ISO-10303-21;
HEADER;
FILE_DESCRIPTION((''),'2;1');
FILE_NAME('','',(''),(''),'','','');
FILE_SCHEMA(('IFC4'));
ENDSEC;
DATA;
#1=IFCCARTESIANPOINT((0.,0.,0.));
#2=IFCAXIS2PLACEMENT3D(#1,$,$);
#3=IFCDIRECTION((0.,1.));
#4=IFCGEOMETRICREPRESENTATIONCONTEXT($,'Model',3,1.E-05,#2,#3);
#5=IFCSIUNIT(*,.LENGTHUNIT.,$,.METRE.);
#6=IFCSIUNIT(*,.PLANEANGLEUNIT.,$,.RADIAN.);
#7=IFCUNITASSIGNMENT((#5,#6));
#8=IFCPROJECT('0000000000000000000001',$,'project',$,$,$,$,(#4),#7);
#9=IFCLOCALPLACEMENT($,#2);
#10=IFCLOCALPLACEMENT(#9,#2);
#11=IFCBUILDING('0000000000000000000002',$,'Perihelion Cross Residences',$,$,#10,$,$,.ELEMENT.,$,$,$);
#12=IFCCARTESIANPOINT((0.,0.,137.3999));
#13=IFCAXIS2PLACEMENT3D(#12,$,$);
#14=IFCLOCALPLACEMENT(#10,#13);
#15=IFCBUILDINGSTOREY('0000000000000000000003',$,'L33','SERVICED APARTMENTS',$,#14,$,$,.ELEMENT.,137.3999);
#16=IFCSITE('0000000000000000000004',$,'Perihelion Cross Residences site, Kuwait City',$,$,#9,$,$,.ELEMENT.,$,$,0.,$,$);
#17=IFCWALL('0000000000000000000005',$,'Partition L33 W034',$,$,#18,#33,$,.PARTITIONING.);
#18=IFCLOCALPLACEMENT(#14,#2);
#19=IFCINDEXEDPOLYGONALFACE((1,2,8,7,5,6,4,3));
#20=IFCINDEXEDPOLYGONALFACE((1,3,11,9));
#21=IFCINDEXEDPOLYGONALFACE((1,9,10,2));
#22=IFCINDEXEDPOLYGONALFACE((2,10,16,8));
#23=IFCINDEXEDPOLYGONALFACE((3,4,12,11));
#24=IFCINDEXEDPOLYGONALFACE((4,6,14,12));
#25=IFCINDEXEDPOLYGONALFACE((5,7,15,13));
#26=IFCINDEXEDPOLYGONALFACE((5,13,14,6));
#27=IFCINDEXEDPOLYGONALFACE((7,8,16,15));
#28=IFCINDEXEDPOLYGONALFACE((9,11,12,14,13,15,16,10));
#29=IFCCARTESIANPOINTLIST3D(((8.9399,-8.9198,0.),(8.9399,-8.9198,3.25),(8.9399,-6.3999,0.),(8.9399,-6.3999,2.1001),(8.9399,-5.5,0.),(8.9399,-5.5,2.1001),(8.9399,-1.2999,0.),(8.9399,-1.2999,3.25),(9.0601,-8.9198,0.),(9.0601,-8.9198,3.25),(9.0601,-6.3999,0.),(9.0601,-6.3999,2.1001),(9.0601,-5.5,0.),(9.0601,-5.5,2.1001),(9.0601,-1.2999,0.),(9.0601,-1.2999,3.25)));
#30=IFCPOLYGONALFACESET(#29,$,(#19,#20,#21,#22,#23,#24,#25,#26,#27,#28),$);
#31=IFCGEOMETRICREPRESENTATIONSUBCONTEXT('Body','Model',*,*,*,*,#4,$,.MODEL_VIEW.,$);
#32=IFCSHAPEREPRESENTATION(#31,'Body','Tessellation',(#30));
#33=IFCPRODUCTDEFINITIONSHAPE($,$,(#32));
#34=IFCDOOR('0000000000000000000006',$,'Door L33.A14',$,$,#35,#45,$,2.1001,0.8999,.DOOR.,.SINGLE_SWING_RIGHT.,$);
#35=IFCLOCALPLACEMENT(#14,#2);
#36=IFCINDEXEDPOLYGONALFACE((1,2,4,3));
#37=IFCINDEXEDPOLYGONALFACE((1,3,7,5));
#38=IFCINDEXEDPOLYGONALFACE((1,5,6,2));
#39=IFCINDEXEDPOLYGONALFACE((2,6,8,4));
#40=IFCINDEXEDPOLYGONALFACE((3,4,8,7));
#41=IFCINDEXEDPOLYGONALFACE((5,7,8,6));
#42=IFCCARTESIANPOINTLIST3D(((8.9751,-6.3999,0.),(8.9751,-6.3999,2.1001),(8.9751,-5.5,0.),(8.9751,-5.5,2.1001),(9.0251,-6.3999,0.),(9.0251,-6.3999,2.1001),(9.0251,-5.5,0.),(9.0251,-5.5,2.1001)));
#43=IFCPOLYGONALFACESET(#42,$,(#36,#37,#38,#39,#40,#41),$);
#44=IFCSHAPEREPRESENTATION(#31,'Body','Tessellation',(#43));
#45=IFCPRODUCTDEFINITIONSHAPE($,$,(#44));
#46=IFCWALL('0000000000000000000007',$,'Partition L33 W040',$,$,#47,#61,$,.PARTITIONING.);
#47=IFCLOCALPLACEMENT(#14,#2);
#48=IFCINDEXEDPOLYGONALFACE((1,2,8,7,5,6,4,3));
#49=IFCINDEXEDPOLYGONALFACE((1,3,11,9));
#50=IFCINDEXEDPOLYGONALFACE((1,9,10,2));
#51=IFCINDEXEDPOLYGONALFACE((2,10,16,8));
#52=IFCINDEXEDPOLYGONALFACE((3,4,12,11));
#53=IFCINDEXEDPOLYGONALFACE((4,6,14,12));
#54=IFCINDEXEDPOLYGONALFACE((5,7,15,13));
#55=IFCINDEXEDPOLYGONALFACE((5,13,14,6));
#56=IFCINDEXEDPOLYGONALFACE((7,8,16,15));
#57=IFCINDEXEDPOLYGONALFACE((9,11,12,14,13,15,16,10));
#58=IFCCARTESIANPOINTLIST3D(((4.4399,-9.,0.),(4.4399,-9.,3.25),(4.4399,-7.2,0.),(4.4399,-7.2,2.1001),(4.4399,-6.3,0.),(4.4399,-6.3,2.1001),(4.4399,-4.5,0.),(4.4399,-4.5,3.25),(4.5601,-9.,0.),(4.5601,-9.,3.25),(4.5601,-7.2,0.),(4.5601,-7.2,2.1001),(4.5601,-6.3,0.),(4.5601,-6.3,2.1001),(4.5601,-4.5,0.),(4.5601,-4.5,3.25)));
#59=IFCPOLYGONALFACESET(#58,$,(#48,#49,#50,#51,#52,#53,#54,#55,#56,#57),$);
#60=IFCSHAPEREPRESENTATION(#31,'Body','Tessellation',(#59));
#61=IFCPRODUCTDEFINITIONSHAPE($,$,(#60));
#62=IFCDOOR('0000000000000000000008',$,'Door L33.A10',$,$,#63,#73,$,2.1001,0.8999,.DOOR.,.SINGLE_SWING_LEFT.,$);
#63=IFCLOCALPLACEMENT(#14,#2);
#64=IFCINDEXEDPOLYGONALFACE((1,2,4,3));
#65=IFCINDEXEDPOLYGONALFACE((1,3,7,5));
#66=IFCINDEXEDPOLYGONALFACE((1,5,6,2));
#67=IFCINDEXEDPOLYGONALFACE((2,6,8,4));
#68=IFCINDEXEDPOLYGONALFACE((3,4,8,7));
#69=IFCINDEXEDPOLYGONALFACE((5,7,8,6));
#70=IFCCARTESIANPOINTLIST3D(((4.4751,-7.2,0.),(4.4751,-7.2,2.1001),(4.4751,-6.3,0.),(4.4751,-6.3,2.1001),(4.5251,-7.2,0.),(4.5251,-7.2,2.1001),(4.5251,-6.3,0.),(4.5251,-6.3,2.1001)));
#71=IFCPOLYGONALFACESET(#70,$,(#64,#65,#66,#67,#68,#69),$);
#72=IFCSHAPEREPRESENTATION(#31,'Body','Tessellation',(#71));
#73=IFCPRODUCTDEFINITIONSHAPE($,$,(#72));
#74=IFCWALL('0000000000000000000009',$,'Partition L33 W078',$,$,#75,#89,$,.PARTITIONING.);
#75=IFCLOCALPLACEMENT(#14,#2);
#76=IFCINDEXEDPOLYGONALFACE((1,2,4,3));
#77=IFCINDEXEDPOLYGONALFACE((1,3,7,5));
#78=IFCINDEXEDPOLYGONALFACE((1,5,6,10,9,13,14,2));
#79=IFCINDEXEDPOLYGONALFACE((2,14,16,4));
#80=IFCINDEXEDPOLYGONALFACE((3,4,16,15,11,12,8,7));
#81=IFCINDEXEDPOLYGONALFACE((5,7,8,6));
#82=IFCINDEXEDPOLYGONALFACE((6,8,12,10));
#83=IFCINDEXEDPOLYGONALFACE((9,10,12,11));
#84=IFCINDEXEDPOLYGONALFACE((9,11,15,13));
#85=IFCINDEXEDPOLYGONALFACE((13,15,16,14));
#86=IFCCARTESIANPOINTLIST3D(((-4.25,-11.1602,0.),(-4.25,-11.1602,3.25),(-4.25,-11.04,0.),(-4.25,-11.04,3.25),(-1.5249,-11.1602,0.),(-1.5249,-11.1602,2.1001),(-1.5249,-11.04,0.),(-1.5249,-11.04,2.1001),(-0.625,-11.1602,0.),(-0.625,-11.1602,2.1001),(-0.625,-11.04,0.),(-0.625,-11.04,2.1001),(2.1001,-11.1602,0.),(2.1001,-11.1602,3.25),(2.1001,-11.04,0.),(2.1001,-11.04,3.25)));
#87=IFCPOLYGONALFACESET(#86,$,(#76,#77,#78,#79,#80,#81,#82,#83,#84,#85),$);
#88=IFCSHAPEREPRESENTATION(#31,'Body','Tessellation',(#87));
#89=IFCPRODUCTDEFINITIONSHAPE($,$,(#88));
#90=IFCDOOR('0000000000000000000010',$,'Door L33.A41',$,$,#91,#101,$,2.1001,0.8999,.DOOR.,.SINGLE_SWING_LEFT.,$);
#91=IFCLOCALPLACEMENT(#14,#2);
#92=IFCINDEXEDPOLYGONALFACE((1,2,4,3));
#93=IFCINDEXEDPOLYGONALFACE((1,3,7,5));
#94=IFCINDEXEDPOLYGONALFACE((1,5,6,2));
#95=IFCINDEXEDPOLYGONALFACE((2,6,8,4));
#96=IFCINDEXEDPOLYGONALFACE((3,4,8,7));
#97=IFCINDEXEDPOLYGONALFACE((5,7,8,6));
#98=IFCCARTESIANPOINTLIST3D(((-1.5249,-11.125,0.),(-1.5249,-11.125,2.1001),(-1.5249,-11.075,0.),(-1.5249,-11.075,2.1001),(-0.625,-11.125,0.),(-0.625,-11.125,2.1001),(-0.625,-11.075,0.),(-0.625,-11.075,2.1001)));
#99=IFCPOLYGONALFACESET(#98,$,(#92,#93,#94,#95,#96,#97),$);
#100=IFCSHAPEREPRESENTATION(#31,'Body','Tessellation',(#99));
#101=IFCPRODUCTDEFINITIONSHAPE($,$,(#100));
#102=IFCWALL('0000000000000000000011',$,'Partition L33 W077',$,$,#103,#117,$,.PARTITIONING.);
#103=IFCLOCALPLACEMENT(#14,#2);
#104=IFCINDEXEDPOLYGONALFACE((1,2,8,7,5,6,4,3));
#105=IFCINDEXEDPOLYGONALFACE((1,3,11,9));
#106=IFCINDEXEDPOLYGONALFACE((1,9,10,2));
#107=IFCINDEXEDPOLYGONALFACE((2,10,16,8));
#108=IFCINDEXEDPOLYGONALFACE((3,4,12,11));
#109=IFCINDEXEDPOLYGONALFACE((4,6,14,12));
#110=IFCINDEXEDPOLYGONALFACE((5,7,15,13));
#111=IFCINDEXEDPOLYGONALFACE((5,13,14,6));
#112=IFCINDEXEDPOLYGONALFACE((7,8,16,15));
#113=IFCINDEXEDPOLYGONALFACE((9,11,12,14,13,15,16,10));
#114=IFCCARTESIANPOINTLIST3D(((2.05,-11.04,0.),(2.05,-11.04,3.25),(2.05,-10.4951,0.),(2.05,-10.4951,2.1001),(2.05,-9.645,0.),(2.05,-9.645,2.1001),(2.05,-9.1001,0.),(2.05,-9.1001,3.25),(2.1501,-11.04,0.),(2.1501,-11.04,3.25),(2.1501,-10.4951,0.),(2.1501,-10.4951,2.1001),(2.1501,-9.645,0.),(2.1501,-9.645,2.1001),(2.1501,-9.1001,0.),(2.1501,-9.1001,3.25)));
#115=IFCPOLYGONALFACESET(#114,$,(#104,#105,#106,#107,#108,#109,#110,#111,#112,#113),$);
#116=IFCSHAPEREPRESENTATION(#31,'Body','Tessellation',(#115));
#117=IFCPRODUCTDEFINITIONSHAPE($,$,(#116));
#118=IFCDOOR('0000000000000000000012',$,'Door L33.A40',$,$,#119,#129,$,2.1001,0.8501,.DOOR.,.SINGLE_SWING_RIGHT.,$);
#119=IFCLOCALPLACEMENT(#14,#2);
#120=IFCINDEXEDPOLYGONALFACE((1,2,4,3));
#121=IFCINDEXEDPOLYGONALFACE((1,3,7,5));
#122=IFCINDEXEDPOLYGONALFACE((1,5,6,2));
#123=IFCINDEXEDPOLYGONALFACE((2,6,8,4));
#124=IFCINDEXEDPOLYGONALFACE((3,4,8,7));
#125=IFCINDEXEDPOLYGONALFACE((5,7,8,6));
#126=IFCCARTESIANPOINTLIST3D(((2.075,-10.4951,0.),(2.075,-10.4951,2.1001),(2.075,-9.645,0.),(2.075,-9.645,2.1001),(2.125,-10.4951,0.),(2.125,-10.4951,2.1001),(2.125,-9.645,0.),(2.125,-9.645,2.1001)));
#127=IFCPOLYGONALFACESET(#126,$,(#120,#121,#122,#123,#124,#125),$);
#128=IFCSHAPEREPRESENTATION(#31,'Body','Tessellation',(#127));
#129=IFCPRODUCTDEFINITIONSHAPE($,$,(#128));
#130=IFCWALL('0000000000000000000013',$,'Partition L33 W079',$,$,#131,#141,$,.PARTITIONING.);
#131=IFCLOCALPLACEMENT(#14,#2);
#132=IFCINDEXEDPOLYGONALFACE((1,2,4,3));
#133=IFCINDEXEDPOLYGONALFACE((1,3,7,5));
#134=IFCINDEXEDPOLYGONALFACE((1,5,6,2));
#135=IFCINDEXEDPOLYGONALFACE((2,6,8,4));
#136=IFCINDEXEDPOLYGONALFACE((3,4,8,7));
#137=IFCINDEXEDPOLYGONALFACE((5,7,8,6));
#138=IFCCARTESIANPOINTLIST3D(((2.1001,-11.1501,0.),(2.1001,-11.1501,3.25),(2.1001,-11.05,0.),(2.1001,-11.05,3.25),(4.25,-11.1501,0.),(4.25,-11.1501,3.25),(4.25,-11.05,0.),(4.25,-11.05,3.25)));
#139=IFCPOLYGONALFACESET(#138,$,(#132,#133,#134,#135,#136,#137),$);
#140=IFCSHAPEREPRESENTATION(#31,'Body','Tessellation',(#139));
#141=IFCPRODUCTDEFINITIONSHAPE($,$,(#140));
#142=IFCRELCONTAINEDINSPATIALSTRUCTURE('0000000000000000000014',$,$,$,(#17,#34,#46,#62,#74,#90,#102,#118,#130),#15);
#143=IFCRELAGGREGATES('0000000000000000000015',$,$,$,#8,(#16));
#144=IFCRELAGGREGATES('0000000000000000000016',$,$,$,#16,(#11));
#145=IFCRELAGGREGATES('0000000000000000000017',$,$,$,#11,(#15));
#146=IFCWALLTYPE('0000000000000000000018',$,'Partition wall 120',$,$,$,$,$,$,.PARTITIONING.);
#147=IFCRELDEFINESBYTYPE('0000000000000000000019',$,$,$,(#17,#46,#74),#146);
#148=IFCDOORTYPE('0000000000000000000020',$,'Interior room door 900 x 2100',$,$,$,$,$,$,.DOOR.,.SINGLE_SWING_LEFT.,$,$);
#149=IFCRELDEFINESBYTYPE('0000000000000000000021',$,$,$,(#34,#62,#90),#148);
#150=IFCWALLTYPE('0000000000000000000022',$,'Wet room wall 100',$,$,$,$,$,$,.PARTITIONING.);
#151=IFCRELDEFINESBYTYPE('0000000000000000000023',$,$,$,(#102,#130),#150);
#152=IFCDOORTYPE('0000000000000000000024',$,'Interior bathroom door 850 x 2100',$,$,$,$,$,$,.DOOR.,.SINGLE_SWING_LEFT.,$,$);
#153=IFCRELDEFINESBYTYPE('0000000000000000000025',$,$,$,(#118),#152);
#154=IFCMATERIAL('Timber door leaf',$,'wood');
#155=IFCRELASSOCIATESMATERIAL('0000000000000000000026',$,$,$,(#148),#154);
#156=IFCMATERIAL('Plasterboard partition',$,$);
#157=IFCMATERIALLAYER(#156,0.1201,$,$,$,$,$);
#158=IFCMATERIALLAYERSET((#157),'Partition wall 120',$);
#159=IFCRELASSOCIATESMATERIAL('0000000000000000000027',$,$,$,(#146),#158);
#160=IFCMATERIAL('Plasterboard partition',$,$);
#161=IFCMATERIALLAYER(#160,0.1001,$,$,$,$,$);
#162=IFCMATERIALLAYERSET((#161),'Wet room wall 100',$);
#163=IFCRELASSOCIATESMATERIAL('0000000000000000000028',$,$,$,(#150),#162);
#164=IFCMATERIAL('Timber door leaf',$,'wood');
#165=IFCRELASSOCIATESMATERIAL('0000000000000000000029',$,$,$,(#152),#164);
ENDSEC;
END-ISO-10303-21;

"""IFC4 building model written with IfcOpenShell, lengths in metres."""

from ifc_helpers import new_model, si_unit, direction, frame, frame_2d, origin, place, context, subcontext, project, spatial, rectangle, extrude, material, layer, layer_set, type_object, element, fill, save


model = new_model("IFC4")

# Units and contexts
model_context = context("Model", 3, precision=1e-05, world=origin(), true_north=direction((0.0, 1.0)))
body_context = subcontext(model_context, "Body", "Model", "MODEL_VIEW")
ifc_project = project(units=[si_unit("LENGTHUNIT", "METRE"), si_unit("PLANEANGLEUNIT", "RADIAN")], contexts=[model_context])

# Site, building, storey
site_placement = place(None, origin())
site = spatial("IfcSite", under=ifc_project, at=site_placement, Name="Perihelion Cross Residences site, Kuwait City", CompositionType="ELEMENT", RefElevation=0.0)
building_placement = place(site_placement, origin())
building = spatial("IfcBuilding", under=site, at=building_placement, Name="Perihelion Cross Residences", CompositionType="ELEMENT")
storey_placement = place(building_placement, frame((0.0, 0.0, 137.3999)))
storey = spatial("IfcBuildingStorey", under=building, at=storey_placement, Name="L33", Description="SERVICED APARTMENTS", CompositionType="ELEMENT", Elevation=137.3999)

# Shared definitions
ifc_material_1 = material(Name="Timber door leaf", Category="wood")
door_type_1 = type_object("IfcDoorType", Name="Interior room door 900 x 2100", OperationType="SINGLE_SWING_LEFT", PredefinedType="DOOR", material=ifc_material_1)

# Shared definitions
ifc_material_2 = material(Name="Plasterboard partition")
ifc_layer_1 = layer(ifc_material_2, 0.1201)
ifc_layer_set_1 = layer_set([ifc_layer_1], Name="Partition wall 120")
wall_type_1 = type_object("IfcWallType", Name="Partition wall 120", PredefinedType="PARTITIONING", material=ifc_layer_set_1)

# Walls, openings, doors
wall_1_placement = place(storey_placement, frame((9.0, -8.9199, 0.0), z_axis=(0.0, 0.0, 1.0), x_axis=(0.0, 1.0, 0.0)))
wall_1 = element("IfcWall", 1, at=wall_1_placement, inside=storey, type_object=wall_type_1, Name="Partition L33 W034", PredefinedType="PARTITIONING", context=body_context, shape_type="SweptSolid", body=[
    extrude(rectangle(XDim=7.6199, YDim=0.1201, at=frame_2d((3.8101, 0.0))), origin(), (0.0, 0.0, 1.0), 3.25),
])
opening_1_placement = place(wall_1_placement, frame((2.52, 0.0, 0.0)))
opening_1 = element("IfcOpeningElement", 2, at=opening_1_placement, cuts=wall_1, PredefinedType="OPENING", context=body_context, shape_type="SweptSolid", body=[
    extrude(rectangle(XDim=0.8999, YDim=2.1001, at=frame_2d((0.45, 1.05))), frame((0.0, 0.0701, 0.0), z_axis=(0.0, -1.0, 0.0), x_axis=(1.0, 0.0, 0.0)), (0.0, 0.0, 1.0), 0.1401),
])
door_1_placement = place(opening_1_placement, origin())
door_1 = element("IfcDoor", 3, at=door_1_placement, inside=storey, type_object=door_type_1, Name="Door L33.A14", OperationType="SINGLE_SWING_RIGHT", OverallHeight=2.1001, OverallWidth=0.8999, PredefinedType="DOOR", context=body_context, shape_type="SweptSolid", body=[
    extrude(rectangle(XDim=0.8999, YDim=2.1001, at=frame_2d((0.45, 1.05))), frame((0.0, 0.0249, 0.0), z_axis=(0.0, -1.0, 0.0), x_axis=(1.0, 0.0, 0.0)), (0.0, 0.0, 1.0), 0.05),
])
fill(opening_1, door_1)
wall_2_placement = place(storey_placement, frame((4.5, -9.0, 0.0), z_axis=(0.0, 0.0, 1.0), x_axis=(0.0, 1.0, 0.0)))
wall_2 = element("IfcWall", 4, at=wall_2_placement, inside=storey, type_object=wall_type_1, Name="Partition L33 W040", PredefinedType="PARTITIONING", context=body_context, shape_type="SweptSolid", body=[
    extrude(rectangle(XDim=4.5, YDim=0.1201, at=frame_2d((2.25, 0.0))), origin(), (0.0, 0.0, 1.0), 3.25),
])
opening_2_placement = place(wall_2_placement, frame((1.8, 0.0, 0.0)))
opening_2 = element("IfcOpeningElement", 5, at=opening_2_placement, cuts=wall_2, PredefinedType="OPENING", context=body_context, shape_type="SweptSolid", body=[
    extrude(rectangle(XDim=0.8999, YDim=2.1001, at=frame_2d((0.45, 1.05))), frame((0.0, 0.0701, 0.0), z_axis=(0.0, -1.0, 0.0), x_axis=(1.0, 0.0, 0.0)), (0.0, 0.0, 1.0), 0.1401),
])
door_2_placement = place(opening_2_placement, origin())
door_2 = element("IfcDoor", 6, at=door_2_placement, inside=storey, type_object=door_type_1, Name="Door L33.A10", OperationType="SINGLE_SWING_LEFT", OverallHeight=2.1001, OverallWidth=0.8999, PredefinedType="DOOR", context=body_context, shape_type="SweptSolid", body=[
    extrude(rectangle(XDim=0.8999, YDim=2.1001, at=frame_2d((0.45, 1.05))), frame((0.0, 0.0249, 0.0), z_axis=(0.0, -1.0, 0.0), x_axis=(1.0, 0.0, 0.0)), (0.0, 0.0, 1.0), 0.05),
])
fill(opening_2, door_2)
wall_3_placement = place(storey_placement, frame((2.1001, -11.1001, 0.0), z_axis=(0.0, 0.0, 1.0), x_axis=(-1.0, 0.0, 0.0)))
wall_3 = element("IfcWall", 7, at=wall_3_placement, inside=storey, type_object=wall_type_1, Name="Partition L33 W078", PredefinedType="PARTITIONING", context=body_context, shape_type="SweptSolid", body=[
    extrude(rectangle(XDim=6.3501, YDim=0.1201, at=frame_2d((3.175, 0.0))), origin(), (0.0, 0.0, 1.0), 3.25),
])
opening_3_placement = place(wall_3_placement, frame((2.7251, 0.0, 0.0)))
opening_3 = element("IfcOpeningElement", 8, at=opening_3_placement, cuts=wall_3, PredefinedType="OPENING", context=body_context, shape_type="SweptSolid", body=[
    extrude(rectangle(XDim=0.8999, YDim=2.1001, at=frame_2d((0.45, 1.05))), frame((0.0, 0.0701, 0.0), z_axis=(0.0, -1.0, 0.0), x_axis=(1.0, 0.0, 0.0)), (0.0, 0.0, 1.0), 0.1401),
])
door_3_placement = place(opening_3_placement, origin())
door_3 = element("IfcDoor", 9, at=door_3_placement, inside=storey, type_object=door_type_1, Name="Door L33.A41", OperationType="SINGLE_SWING_LEFT", OverallHeight=2.1001, OverallWidth=0.8999, PredefinedType="DOOR", context=body_context, shape_type="SweptSolid", body=[
    extrude(rectangle(XDim=0.8999, YDim=2.1001, at=frame_2d((0.45, 1.05))), frame((0.0, 0.0249, 0.0), z_axis=(0.0, -1.0, 0.0), x_axis=(1.0, 0.0, 0.0)), (0.0, 0.0, 1.0), 0.05),
])
fill(opening_3, door_3)
ifc_material_3 = material(Name="Plasterboard partition")
ifc_layer_2 = layer(ifc_material_3, 0.1001)
ifc_layer_set_2 = layer_set([ifc_layer_2], Name="Wet room wall 100")
wall_type_2 = type_object("IfcWallType", Name="Wet room wall 100", PredefinedType="PARTITIONING", material=ifc_layer_set_2)
wall_4_placement = place(storey_placement, frame((2.1001, -9.1001, 0.0), z_axis=(0.0, 0.0, 1.0), x_axis=(0.0, -1.0, 0.0)))
wall_4 = element("IfcWall", 10, at=wall_4_placement, inside=storey, type_object=wall_type_2, Name="Partition L33 W077", PredefinedType="PARTITIONING", context=body_context, shape_type="SweptSolid", body=[
    extrude(rectangle(XDim=1.9399, YDim=0.1001, at=frame_2d((0.97, 0.0))), origin(), (0.0, 0.0, 1.0), 3.25),
])
opening_4_placement = place(wall_4_placement, frame((0.5449, 0.0, 0.0)))
opening_4 = element("IfcOpeningElement", 11, at=opening_4_placement, cuts=wall_4, PredefinedType="OPENING", context=body_context, shape_type="SweptSolid", body=[
    extrude(rectangle(XDim=0.8501, YDim=2.1001, at=frame_2d((0.425, 1.05))), frame((0.0, 0.0601, 0.0), z_axis=(0.0, -1.0, 0.0), x_axis=(1.0, 0.0, 0.0)), (0.0, 0.0, 1.0), 0.1201),
])
ifc_material_4 = material(Name="Timber door leaf", Category="wood")
door_type_2 = type_object("IfcDoorType", Name="Interior bathroom door 850 x 2100", OperationType="SINGLE_SWING_LEFT", PredefinedType="DOOR", material=ifc_material_4)
door_4_placement = place(opening_4_placement, origin())
door_4 = element("IfcDoor", 12, at=door_4_placement, inside=storey, type_object=door_type_2, Name="Door L33.A40", OperationType="SINGLE_SWING_RIGHT", OverallHeight=2.1001, OverallWidth=0.8501, PredefinedType="DOOR", context=body_context, shape_type="SweptSolid", body=[
    extrude(rectangle(XDim=0.8501, YDim=2.1001, at=frame_2d((0.425, 1.05))), frame((0.0, 0.0249, 0.0), z_axis=(0.0, -1.0, 0.0), x_axis=(1.0, 0.0, 0.0)), (0.0, 0.0, 1.0), 0.05),
])
fill(opening_4, door_4)

# Wall
wall_5_placement = place(storey_placement, frame((4.25, -11.1001, 0.0), z_axis=(0.0, 0.0, 1.0), x_axis=(-1.0, 0.0, 0.0)))
element("IfcWall", 13, at=wall_5_placement, inside=storey, type_object=wall_type_2, Name="Partition L33 W079", PredefinedType="PARTITIONING", context=body_context, shape_type="SweptSolid", body=[
    extrude(rectangle(XDim=2.1499, YDim=0.1001, at=frame_2d((1.075, 0.0))), origin(), (0.0, 0.0, 1.0), 3.25),
])

save(model, "model.ifc")
